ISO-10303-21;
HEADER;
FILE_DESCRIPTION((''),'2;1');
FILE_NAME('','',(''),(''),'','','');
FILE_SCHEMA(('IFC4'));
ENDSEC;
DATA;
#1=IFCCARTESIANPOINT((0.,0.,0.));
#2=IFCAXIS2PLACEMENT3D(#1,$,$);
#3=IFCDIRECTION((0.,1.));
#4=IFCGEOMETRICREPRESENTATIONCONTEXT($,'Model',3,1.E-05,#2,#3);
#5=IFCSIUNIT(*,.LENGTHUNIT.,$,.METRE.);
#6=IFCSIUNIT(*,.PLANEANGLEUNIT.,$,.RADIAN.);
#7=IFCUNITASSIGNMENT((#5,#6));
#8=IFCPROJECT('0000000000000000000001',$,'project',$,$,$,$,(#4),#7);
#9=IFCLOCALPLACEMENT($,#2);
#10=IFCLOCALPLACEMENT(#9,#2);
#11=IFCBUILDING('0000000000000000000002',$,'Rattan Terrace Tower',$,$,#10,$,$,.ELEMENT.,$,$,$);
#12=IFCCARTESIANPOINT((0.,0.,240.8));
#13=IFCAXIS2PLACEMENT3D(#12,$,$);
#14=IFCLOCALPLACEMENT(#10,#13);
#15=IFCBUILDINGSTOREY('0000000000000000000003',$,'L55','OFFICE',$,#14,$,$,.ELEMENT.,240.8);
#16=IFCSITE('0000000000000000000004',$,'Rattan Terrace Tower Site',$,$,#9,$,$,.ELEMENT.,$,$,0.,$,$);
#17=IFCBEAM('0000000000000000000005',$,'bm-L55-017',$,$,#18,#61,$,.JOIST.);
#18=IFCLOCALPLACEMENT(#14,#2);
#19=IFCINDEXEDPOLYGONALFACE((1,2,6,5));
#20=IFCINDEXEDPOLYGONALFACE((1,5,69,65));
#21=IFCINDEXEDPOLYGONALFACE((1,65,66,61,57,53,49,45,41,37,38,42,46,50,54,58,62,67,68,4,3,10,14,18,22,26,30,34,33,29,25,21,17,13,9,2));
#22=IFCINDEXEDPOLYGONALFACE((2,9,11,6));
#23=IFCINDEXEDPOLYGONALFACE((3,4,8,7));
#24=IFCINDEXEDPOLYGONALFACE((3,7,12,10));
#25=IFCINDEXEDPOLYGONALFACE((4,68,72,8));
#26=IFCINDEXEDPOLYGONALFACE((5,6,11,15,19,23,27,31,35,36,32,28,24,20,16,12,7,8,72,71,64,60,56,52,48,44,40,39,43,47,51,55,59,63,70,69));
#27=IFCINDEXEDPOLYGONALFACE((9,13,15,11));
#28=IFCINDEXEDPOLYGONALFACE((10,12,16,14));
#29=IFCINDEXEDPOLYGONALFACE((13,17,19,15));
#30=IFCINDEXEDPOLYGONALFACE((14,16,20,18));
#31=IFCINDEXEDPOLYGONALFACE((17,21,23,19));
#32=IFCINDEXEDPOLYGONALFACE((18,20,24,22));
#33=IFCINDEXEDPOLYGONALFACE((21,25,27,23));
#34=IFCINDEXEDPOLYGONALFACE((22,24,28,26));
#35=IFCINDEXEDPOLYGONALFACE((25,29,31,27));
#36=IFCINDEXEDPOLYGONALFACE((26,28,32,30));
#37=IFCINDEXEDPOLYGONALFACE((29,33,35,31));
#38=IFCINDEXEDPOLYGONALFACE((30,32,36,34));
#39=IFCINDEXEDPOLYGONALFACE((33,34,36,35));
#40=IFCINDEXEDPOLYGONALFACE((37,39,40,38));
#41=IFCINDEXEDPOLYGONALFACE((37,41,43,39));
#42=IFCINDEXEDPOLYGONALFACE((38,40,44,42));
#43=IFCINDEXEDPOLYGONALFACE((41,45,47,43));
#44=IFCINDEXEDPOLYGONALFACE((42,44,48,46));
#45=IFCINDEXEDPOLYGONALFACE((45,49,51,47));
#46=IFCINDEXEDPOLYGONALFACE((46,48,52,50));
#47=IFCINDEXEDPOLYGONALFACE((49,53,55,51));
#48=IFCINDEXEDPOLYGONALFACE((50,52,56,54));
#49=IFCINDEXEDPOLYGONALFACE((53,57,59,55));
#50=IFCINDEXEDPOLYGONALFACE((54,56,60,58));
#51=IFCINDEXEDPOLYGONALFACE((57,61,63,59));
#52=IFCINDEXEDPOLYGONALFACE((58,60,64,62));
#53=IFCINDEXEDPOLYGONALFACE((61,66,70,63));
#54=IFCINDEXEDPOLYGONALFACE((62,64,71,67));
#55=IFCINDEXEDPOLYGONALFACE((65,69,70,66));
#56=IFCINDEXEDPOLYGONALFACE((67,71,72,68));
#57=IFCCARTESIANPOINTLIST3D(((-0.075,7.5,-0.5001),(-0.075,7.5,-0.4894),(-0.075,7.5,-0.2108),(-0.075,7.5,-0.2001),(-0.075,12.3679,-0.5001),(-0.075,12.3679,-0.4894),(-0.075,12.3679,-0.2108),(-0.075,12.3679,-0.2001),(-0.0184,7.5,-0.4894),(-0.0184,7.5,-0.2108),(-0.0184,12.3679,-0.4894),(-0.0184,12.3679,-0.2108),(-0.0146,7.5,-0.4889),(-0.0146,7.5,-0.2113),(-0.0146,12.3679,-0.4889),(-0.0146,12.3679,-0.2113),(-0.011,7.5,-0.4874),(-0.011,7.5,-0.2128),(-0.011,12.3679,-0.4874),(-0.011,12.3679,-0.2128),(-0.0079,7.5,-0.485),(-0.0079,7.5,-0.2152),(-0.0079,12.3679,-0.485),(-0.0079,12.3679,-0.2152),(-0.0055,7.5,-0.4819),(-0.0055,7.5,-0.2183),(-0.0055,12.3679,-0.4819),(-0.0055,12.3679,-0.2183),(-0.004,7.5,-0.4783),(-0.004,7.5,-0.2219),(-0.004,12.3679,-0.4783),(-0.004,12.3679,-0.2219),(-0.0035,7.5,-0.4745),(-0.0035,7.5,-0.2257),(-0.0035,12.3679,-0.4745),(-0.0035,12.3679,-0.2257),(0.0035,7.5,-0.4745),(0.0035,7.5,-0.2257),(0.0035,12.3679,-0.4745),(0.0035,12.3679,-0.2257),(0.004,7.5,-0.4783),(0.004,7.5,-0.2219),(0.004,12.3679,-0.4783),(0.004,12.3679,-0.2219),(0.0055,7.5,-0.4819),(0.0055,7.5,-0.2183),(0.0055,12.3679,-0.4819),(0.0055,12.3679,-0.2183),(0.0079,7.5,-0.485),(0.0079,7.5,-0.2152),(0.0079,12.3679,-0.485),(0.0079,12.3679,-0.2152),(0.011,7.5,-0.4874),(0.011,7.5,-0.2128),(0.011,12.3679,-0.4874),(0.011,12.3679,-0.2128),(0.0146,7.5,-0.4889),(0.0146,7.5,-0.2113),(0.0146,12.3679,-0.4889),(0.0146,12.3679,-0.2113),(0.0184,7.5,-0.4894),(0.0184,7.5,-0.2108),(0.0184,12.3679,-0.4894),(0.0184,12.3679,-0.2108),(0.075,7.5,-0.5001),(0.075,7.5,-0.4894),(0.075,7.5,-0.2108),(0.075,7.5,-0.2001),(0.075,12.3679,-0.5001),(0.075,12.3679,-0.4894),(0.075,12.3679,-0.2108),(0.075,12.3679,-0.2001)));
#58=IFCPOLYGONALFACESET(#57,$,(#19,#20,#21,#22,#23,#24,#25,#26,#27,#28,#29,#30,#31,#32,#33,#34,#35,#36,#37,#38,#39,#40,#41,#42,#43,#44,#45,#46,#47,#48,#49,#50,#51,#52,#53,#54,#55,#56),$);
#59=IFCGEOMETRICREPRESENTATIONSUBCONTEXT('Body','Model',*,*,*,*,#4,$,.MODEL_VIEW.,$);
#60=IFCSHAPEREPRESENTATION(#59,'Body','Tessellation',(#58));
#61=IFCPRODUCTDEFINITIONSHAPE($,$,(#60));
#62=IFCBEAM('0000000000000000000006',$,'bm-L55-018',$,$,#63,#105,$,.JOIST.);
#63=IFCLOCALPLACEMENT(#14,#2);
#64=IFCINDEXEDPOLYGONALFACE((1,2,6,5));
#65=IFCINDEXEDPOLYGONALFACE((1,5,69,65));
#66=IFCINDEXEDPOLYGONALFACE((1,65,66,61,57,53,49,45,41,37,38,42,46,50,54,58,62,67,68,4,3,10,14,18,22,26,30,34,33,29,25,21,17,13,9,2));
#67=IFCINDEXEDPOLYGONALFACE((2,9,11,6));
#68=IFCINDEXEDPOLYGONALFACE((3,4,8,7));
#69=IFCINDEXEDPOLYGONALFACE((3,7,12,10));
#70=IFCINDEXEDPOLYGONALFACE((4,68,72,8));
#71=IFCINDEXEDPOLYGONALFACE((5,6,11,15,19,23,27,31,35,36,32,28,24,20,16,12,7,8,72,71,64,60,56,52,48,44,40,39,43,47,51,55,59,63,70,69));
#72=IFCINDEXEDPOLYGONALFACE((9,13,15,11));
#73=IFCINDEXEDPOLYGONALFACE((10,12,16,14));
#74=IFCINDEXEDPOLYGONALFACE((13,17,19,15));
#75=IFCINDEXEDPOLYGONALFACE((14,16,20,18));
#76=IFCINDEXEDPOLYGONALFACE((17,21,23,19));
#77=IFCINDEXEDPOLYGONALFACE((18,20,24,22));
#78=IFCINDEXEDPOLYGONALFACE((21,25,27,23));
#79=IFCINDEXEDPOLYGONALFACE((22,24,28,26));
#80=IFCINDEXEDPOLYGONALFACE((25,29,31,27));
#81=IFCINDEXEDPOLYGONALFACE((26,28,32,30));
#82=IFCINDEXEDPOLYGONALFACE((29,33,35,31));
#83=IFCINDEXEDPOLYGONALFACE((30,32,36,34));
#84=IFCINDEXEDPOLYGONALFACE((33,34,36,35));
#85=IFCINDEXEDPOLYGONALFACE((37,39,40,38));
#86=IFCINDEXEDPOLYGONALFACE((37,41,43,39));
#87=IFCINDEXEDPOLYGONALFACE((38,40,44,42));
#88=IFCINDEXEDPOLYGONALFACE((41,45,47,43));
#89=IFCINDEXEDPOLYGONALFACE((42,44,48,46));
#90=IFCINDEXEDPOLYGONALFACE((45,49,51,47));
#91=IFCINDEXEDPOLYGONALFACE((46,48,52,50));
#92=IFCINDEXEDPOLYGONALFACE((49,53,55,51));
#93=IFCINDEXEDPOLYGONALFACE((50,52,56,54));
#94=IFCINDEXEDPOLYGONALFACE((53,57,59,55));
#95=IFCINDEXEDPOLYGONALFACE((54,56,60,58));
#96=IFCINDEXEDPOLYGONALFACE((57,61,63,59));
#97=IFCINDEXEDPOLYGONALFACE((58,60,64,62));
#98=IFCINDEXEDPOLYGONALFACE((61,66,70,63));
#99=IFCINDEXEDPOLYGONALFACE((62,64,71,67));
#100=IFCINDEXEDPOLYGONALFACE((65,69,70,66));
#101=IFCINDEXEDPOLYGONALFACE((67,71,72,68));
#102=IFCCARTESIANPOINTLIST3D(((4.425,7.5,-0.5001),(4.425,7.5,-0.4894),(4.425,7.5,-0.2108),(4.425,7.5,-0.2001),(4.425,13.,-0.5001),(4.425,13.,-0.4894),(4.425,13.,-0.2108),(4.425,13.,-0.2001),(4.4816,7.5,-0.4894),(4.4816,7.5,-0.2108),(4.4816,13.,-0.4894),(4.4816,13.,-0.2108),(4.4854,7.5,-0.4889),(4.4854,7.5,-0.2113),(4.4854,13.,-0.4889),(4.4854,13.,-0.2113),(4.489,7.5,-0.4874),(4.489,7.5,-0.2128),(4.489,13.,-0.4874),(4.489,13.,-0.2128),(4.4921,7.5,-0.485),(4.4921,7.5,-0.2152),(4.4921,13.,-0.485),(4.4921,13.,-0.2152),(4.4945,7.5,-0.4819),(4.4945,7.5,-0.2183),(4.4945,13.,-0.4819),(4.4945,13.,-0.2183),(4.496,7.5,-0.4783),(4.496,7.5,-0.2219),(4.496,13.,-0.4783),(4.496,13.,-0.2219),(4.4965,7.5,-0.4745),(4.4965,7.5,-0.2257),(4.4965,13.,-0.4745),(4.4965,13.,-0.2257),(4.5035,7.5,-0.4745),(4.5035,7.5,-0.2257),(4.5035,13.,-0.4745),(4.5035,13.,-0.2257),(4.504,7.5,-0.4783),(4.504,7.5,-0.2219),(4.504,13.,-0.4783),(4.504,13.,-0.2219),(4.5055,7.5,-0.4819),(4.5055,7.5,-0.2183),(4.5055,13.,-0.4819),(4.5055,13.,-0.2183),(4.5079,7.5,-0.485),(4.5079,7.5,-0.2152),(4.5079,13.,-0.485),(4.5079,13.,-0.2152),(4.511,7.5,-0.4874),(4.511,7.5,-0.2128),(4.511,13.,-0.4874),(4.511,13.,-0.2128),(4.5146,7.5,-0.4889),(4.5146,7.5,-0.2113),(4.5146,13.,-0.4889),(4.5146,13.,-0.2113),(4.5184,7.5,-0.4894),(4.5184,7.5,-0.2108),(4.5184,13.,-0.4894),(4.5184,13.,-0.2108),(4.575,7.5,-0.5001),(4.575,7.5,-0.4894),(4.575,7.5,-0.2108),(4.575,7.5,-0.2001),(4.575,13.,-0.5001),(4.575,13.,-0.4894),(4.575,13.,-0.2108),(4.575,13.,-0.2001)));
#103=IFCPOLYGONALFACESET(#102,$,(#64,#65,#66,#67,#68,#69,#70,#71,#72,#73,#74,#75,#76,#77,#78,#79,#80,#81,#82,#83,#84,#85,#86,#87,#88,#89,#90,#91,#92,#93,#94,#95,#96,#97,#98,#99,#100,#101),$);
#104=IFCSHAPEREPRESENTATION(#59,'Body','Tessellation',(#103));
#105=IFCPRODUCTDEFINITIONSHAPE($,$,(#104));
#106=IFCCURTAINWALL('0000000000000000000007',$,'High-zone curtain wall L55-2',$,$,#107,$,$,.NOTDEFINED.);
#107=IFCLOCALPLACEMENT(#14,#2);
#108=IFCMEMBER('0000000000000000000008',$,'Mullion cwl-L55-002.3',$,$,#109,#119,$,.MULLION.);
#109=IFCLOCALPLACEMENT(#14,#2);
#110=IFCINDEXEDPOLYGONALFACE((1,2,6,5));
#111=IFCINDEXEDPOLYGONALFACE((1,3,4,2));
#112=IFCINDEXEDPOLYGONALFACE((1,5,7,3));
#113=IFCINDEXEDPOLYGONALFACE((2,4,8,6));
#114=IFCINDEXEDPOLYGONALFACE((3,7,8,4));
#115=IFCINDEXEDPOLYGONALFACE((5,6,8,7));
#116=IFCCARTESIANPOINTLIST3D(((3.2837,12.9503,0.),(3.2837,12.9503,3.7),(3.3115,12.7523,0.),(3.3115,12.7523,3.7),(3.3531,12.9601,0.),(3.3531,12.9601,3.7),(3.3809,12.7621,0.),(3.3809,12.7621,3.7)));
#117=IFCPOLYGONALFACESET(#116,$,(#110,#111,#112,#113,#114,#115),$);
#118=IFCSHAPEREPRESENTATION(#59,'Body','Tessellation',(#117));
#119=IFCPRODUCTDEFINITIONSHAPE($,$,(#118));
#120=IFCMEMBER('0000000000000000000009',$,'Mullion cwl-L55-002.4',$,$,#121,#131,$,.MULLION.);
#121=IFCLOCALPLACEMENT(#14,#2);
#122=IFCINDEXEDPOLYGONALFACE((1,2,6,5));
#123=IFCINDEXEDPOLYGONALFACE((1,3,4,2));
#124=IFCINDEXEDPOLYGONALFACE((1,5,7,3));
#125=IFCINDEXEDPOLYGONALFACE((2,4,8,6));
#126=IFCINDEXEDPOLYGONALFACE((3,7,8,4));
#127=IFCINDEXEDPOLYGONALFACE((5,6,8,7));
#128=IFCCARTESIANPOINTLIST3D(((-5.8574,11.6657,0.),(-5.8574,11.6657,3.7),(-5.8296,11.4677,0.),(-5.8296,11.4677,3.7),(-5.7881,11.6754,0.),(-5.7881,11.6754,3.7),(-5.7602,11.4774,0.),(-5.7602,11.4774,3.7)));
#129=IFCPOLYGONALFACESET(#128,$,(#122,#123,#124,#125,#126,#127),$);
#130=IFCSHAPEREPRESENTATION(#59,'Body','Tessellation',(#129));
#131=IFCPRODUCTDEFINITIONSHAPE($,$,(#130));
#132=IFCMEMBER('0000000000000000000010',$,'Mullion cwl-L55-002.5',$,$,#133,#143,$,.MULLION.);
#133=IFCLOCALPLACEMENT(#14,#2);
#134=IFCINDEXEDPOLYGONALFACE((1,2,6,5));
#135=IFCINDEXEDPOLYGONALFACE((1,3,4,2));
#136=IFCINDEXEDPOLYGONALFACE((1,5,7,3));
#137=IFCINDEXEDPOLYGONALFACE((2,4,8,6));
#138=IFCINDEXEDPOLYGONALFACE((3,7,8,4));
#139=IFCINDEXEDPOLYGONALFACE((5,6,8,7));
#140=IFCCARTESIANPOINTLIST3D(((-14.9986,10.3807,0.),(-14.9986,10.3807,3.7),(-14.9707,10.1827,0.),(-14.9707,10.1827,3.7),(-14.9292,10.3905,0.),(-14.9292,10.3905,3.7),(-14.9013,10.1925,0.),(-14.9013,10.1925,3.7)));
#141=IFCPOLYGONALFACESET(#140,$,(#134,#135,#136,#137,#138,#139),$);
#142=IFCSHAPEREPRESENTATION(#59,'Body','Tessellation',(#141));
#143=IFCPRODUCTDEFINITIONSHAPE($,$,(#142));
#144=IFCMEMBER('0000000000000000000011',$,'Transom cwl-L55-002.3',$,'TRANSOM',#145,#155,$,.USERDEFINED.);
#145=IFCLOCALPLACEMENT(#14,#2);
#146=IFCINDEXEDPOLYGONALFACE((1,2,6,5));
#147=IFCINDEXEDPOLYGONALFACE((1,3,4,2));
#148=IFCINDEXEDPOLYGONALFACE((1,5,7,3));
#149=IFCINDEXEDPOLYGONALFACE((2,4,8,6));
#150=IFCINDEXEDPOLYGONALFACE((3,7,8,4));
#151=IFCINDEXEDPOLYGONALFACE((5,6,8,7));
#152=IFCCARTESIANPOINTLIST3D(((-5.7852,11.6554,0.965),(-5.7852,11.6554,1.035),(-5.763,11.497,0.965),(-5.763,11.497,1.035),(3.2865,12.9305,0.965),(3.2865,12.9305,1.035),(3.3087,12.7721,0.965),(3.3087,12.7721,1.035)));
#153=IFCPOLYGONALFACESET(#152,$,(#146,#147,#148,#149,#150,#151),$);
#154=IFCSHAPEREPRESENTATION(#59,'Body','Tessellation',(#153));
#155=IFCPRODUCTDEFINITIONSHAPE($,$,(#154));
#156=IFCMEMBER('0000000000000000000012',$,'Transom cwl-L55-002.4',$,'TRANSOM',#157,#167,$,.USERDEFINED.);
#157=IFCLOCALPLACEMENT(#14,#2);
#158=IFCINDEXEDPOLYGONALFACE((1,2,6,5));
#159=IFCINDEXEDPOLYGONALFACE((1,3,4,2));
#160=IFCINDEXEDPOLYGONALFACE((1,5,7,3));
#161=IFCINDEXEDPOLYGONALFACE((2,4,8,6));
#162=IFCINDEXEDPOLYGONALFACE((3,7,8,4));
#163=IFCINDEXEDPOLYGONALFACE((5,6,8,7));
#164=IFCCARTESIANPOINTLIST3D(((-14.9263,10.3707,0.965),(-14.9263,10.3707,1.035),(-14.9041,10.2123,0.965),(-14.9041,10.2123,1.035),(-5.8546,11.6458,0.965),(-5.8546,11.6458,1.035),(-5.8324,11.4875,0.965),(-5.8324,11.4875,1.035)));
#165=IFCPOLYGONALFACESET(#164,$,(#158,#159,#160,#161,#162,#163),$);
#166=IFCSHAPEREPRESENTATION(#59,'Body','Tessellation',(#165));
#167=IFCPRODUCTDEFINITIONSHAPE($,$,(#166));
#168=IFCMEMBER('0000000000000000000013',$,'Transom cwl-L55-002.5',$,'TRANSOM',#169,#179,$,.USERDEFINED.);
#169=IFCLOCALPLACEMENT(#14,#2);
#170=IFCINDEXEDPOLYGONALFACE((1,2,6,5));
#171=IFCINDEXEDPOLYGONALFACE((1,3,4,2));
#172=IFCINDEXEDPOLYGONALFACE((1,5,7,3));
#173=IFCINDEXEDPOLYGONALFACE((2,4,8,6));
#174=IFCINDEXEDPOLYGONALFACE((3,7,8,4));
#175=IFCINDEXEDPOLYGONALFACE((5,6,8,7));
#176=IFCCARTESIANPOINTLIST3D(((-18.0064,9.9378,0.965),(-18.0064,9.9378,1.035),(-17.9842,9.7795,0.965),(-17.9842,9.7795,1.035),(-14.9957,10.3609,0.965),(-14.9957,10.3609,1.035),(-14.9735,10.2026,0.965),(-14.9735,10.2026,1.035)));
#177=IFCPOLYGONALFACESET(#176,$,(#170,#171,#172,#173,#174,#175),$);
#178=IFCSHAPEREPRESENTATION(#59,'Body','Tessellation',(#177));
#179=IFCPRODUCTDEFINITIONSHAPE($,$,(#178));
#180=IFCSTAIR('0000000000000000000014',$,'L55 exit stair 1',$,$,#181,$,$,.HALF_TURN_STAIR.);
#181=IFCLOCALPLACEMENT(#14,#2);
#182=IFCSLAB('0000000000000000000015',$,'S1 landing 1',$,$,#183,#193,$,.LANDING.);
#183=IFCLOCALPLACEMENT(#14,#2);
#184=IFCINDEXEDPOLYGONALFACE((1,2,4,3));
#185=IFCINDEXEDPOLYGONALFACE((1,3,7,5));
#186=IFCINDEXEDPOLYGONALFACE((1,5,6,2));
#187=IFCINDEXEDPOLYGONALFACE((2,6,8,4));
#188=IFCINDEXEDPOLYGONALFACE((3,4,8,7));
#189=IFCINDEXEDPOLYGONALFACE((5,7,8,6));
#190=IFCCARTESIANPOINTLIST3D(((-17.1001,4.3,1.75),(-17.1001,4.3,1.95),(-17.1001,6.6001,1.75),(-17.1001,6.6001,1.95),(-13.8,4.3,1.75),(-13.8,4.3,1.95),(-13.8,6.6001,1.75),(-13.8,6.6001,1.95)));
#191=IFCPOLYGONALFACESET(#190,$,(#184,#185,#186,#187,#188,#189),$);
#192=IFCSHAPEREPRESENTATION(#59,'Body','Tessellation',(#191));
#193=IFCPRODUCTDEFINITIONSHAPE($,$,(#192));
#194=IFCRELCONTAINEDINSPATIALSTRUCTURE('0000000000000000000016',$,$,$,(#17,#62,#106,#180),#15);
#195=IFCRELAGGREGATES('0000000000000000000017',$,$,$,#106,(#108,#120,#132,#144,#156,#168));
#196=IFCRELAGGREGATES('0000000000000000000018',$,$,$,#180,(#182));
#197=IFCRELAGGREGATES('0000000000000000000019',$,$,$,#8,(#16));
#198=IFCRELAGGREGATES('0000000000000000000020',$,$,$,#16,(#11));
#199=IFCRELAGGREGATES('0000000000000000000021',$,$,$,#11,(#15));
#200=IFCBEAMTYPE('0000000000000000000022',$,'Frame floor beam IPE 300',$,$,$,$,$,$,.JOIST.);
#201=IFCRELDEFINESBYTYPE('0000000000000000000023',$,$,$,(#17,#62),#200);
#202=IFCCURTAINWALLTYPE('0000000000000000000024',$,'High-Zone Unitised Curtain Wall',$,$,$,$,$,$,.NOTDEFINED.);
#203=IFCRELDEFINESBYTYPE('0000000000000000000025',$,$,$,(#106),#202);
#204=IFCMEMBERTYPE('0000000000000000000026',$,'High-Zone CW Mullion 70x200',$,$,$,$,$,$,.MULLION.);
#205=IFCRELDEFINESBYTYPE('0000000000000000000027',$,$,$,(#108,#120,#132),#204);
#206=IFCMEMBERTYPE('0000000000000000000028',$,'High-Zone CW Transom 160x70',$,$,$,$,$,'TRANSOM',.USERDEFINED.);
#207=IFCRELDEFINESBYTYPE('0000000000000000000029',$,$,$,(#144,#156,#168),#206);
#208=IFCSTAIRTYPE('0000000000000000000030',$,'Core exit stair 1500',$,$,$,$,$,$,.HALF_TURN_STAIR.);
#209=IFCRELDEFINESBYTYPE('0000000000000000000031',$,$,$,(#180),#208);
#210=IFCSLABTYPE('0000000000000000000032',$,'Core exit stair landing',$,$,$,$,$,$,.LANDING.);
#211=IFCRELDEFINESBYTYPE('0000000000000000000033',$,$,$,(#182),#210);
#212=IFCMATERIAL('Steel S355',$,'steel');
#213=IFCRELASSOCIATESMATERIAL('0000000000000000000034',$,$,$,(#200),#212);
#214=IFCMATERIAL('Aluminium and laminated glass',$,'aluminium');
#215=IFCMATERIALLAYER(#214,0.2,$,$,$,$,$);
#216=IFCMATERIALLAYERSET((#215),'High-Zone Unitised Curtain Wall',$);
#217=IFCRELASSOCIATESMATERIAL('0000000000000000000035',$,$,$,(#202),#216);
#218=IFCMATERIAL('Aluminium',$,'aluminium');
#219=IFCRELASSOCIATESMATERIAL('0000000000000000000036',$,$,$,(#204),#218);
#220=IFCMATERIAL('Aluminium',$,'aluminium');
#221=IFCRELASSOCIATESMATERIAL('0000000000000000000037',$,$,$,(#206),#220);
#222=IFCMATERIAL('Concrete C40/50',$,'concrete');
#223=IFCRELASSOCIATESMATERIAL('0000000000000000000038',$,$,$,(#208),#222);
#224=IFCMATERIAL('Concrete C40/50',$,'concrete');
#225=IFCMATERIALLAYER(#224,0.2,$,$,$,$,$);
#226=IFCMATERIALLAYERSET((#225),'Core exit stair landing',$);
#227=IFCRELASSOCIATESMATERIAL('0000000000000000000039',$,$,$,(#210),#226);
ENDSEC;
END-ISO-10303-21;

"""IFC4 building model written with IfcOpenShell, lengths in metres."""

from ifc_helpers import new_model, si_unit, direction, frame, origin, origin_2d, place, context, subcontext, project, spatial, polyline, rectangle, i_section, outline, extrude, material, layer, layer_set, material_profile, profile_set, type_object, element, aggregate, save


model = new_model("IFC4")

# Units and contexts
model_context = context("Model", 3, precision=1e-05, world=origin(), true_north=direction((0.0, 1.0)))
body_context = subcontext(model_context, "Body", "Model", "MODEL_VIEW")
ifc_project = project(units=[si_unit("LENGTHUNIT", "METRE"), si_unit("PLANEANGLEUNIT", "RADIAN")], contexts=[model_context])

# Site, building, storey
site_placement = place(None, origin())
site = spatial("IfcSite", under=ifc_project, at=site_placement, Name="Rattan Terrace Tower Site", CompositionType="ELEMENT", RefElevation=0.0)
building_placement = place(site_placement, origin())
building = spatial("IfcBuilding", under=site, at=building_placement, Name="Rattan Terrace Tower", CompositionType="ELEMENT")
storey_placement = place(building_placement, frame((0.0, 0.0, 240.8)))
storey = spatial("IfcBuildingStorey", under=building, at=storey_placement, Name="L55", Description="OFFICE", CompositionType="ELEMENT", Elevation=240.8)

# Beams
ifc_material_1 = material(Name="Steel S355", Category="steel")
ifc_material_profile_1 = material_profile(ifc_material_1, i_section(OverallWidth=0.1499, OverallDepth=0.3, WebThickness=0.0071, FlangeThickness=0.0107, FilletRadius=0.0149, at=origin_2d()), Name="IPE 300")
ifc_profile_set_1 = profile_set([ifc_material_profile_1], Name="Steel S355")
beam_type = type_object("IfcBeamType", Name="Frame floor beam IPE 300", PredefinedType="JOIST", material=ifc_profile_set_1)
beam_1_placement = place(storey_placement, frame((0.0, 7.5, -0.3501), z_axis=(0.0, 1.0, 0.0), x_axis=(-1.0, 0.0, 0.0)))
element("IfcBeam", 1, at=beam_1_placement, inside=storey, type_object=beam_type, Name="bm-L55-017", PredefinedType="JOIST", context=body_context, shape_type="SweptSolid", body=[
    extrude(i_section(OverallWidth=0.1499, OverallDepth=0.3, WebThickness=0.0071, FlangeThickness=0.0107, FilletRadius=0.0149, at=origin_2d()), origin(), (0.0, 0.0, 1.0), 4.8679),
])
beam_2_placement = place(storey_placement, frame((4.5, 7.5, -0.3501), z_axis=(0.0, 1.0, 0.0), x_axis=(-1.0, 0.0, 0.0)))
element("IfcBeam", 2, at=beam_2_placement, inside=storey, type_object=beam_type, Name="bm-L55-018", PredefinedType="JOIST", context=body_context, shape_type="SweptSolid", body=[
    extrude(i_section(OverallWidth=0.1499, OverallDepth=0.3, WebThickness=0.0071, FlangeThickness=0.0107, FilletRadius=0.0149, at=origin_2d()), origin(), (0.0, 0.0, 1.0), 5.5),
])

# Curtain wall, members
ifc_material_2 = material(Name="Aluminium and laminated glass", Category="aluminium")
ifc_layer_1 = layer(ifc_material_2, 0.2)
ifc_layer_set_1 = layer_set([ifc_layer_1], Name="High-Zone Unitised Curtain Wall")
curtain_wall_type = type_object("IfcCurtainWallType", Name="High-Zone Unitised Curtain Wall", PredefinedType="NOTDEFINED", material=ifc_layer_set_1)
curtain_wall_placement = place(storey_placement, origin())
curtain_wall = element("IfcCurtainWall", 3, at=curtain_wall_placement, inside=storey, type_object=curtain_wall_type, Name="High-zone curtain wall L55-2", PredefinedType="NOTDEFINED")
ifc_material_3 = material(Name="Aluminium", Category="aluminium")
ifc_material_profile_2 = material_profile(ifc_material_3, rectangle(XDim=0.0701, YDim=0.2, at=origin_2d()), Name="Aluminium 70x200")
ifc_profile_set_2 = profile_set([ifc_material_profile_2], Name="Aluminium")
member_type_1 = type_object("IfcMemberType", Name="High-Zone CW Mullion 70x200", PredefinedType="MULLION", material=ifc_profile_set_2)
member_1_placement = place(storey_placement, frame((3.3323, 12.8562, 0.0), z_axis=(0.0, 0.0, 1.0), x_axis=(-0.990267, -0.139177, 0.0)))
member_1 = element("IfcMember", 4, at=member_1_placement, type_object=member_type_1, Name="Mullion cwl-L55-002.3", PredefinedType="MULLION", context=body_context, shape_type="SweptSolid", body=[
    extrude(rectangle(XDim=0.0701, YDim=0.2, at=origin_2d()), origin(), (0.0, 0.0, 1.0), 3.7),
])
member_2_placement = place(storey_placement, frame((-5.8088, 11.5715, 0.0), z_axis=(0.0, 0.0, 1.0), x_axis=(-0.990267, -0.139177, 0.0)))
member_2 = element("IfcMember", 5, at=member_2_placement, type_object=member_type_1, Name="Mullion cwl-L55-002.4", PredefinedType="MULLION", context=body_context, shape_type="SweptSolid", body=[
    extrude(rectangle(XDim=0.0701, YDim=0.2, at=origin_2d()), origin(), (0.0, 0.0, 1.0), 3.7),
])
member_3_placement = place(storey_placement, frame((-14.95, 10.2866, 0.0), z_axis=(0.0, 0.0, 1.0), x_axis=(-0.990267, -0.139177, 0.0)))
member_3 = element("IfcMember", 6, at=member_3_placement, type_object=member_type_1, Name="Mullion cwl-L55-002.5", PredefinedType="MULLION", context=body_context, shape_type="SweptSolid", body=[
    extrude(rectangle(XDim=0.0701, YDim=0.2, at=origin_2d()), origin(), (0.0, 0.0, 1.0), 3.7),
])
ifc_material_4 = material(Name="Aluminium", Category="aluminium")
ifc_material_profile_3 = material_profile(ifc_material_4, rectangle(XDim=0.1599, YDim=0.0701, at=origin_2d()), Name="Aluminium 160x70")
ifc_profile_set_3 = profile_set([ifc_material_profile_3], Name="Aluminium")
member_type_2 = type_object("IfcMemberType", Name="High-Zone CW Transom 160x70", ElementType="TRANSOM", PredefinedType="USERDEFINED", material=ifc_profile_set_3)
member_4_placement = place(storey_placement, frame((3.2976, 12.8513, 1.0), z_axis=(-0.990265, -0.139194, 0.0), x_axis=(0.139194, -0.990265, 0.0)))
member_4 = element("IfcMember", 7, at=member_4_placement, type_object=member_type_2, Name="Transom cwl-L55-002.3", ObjectType="TRANSOM", PredefinedType="USERDEFINED", context=body_context, shape_type="SweptSolid", body=[
    extrude(rectangle(XDim=0.1599, YDim=0.0701, at=origin_2d()), origin(), (0.0, 0.0, 1.0), 9.1609),
])
member_5_placement = place(storey_placement, frame((-5.8435, 11.5667, 1.0), z_axis=(-0.990265, -0.139194, 0.0), x_axis=(0.139194, -0.990265, 0.0)))
member_5 = element("IfcMember", 8, at=member_5_placement, type_object=member_type_2, Name="Transom cwl-L55-002.4", ObjectType="TRANSOM", PredefinedType="USERDEFINED", context=body_context, shape_type="SweptSolid", body=[
    extrude(rectangle(XDim=0.1599, YDim=0.0701, at=origin_2d()), origin(), (0.0, 0.0, 1.0), 9.1609),
])
member_6_placement = place(storey_placement, frame((-14.9846, 10.2817, 1.0), z_axis=(-0.99027, -0.139161, 0.0), x_axis=(0.139161, -0.99027, 0.0)))
member_6 = element("IfcMember", 9, at=member_6_placement, type_object=member_type_2, Name="Transom cwl-L55-002.5", ObjectType="TRANSOM", PredefinedType="USERDEFINED", context=body_context, shape_type="SweptSolid", body=[
    extrude(rectangle(XDim=0.1599, YDim=0.0701, at=origin_2d()), origin(), (0.0, 0.0, 1.0), 3.0403),
])

# Stair, slab
ifc_material_5 = material(Name="Concrete C40/50", Category="concrete")
stair_type = type_object("IfcStairType", Name="Core exit stair 1500", PredefinedType="HALF_TURN_STAIR", material=ifc_material_5)
stair_1_placement = place(storey_placement, origin())
stair_1 = element("IfcStair", 10, at=stair_1_placement, inside=storey, type_object=stair_type, Name="L55 exit stair 1", PredefinedType="HALF_TURN_STAIR")
ifc_material_6 = material(Name="Concrete C40/50", Category="concrete")
ifc_layer_2 = layer(ifc_material_6, 0.2)
ifc_layer_set_2 = layer_set([ifc_layer_2], Name="Core exit stair landing")
slab_type_1 = type_object("IfcSlabType", Name="Core exit stair landing", PredefinedType="LANDING", material=ifc_layer_set_2)
slab_1_placement = place(storey_placement, frame((0.0, 0.0, 1.75)))
slab_1 = element("IfcSlab", 11, at=slab_1_placement, type_object=slab_type_1, Name="S1 landing 1", PredefinedType="LANDING", context=body_context, shape_type="SweptSolid", body=[
    extrude(outline(polyline([(-13.8, 4.3), (-13.8, 6.6001), (-17.1001, 6.6001), (-17.1001, 4.3), (-13.8, 4.3)])), origin(), (0.0, 0.0, 1.0), 0.2),
])

aggregate(curtain_wall, [member_1, member_2, member_3, member_4, member_5, member_6])

aggregate(stair_1, [slab_1])

save(model, "model.ifc")
